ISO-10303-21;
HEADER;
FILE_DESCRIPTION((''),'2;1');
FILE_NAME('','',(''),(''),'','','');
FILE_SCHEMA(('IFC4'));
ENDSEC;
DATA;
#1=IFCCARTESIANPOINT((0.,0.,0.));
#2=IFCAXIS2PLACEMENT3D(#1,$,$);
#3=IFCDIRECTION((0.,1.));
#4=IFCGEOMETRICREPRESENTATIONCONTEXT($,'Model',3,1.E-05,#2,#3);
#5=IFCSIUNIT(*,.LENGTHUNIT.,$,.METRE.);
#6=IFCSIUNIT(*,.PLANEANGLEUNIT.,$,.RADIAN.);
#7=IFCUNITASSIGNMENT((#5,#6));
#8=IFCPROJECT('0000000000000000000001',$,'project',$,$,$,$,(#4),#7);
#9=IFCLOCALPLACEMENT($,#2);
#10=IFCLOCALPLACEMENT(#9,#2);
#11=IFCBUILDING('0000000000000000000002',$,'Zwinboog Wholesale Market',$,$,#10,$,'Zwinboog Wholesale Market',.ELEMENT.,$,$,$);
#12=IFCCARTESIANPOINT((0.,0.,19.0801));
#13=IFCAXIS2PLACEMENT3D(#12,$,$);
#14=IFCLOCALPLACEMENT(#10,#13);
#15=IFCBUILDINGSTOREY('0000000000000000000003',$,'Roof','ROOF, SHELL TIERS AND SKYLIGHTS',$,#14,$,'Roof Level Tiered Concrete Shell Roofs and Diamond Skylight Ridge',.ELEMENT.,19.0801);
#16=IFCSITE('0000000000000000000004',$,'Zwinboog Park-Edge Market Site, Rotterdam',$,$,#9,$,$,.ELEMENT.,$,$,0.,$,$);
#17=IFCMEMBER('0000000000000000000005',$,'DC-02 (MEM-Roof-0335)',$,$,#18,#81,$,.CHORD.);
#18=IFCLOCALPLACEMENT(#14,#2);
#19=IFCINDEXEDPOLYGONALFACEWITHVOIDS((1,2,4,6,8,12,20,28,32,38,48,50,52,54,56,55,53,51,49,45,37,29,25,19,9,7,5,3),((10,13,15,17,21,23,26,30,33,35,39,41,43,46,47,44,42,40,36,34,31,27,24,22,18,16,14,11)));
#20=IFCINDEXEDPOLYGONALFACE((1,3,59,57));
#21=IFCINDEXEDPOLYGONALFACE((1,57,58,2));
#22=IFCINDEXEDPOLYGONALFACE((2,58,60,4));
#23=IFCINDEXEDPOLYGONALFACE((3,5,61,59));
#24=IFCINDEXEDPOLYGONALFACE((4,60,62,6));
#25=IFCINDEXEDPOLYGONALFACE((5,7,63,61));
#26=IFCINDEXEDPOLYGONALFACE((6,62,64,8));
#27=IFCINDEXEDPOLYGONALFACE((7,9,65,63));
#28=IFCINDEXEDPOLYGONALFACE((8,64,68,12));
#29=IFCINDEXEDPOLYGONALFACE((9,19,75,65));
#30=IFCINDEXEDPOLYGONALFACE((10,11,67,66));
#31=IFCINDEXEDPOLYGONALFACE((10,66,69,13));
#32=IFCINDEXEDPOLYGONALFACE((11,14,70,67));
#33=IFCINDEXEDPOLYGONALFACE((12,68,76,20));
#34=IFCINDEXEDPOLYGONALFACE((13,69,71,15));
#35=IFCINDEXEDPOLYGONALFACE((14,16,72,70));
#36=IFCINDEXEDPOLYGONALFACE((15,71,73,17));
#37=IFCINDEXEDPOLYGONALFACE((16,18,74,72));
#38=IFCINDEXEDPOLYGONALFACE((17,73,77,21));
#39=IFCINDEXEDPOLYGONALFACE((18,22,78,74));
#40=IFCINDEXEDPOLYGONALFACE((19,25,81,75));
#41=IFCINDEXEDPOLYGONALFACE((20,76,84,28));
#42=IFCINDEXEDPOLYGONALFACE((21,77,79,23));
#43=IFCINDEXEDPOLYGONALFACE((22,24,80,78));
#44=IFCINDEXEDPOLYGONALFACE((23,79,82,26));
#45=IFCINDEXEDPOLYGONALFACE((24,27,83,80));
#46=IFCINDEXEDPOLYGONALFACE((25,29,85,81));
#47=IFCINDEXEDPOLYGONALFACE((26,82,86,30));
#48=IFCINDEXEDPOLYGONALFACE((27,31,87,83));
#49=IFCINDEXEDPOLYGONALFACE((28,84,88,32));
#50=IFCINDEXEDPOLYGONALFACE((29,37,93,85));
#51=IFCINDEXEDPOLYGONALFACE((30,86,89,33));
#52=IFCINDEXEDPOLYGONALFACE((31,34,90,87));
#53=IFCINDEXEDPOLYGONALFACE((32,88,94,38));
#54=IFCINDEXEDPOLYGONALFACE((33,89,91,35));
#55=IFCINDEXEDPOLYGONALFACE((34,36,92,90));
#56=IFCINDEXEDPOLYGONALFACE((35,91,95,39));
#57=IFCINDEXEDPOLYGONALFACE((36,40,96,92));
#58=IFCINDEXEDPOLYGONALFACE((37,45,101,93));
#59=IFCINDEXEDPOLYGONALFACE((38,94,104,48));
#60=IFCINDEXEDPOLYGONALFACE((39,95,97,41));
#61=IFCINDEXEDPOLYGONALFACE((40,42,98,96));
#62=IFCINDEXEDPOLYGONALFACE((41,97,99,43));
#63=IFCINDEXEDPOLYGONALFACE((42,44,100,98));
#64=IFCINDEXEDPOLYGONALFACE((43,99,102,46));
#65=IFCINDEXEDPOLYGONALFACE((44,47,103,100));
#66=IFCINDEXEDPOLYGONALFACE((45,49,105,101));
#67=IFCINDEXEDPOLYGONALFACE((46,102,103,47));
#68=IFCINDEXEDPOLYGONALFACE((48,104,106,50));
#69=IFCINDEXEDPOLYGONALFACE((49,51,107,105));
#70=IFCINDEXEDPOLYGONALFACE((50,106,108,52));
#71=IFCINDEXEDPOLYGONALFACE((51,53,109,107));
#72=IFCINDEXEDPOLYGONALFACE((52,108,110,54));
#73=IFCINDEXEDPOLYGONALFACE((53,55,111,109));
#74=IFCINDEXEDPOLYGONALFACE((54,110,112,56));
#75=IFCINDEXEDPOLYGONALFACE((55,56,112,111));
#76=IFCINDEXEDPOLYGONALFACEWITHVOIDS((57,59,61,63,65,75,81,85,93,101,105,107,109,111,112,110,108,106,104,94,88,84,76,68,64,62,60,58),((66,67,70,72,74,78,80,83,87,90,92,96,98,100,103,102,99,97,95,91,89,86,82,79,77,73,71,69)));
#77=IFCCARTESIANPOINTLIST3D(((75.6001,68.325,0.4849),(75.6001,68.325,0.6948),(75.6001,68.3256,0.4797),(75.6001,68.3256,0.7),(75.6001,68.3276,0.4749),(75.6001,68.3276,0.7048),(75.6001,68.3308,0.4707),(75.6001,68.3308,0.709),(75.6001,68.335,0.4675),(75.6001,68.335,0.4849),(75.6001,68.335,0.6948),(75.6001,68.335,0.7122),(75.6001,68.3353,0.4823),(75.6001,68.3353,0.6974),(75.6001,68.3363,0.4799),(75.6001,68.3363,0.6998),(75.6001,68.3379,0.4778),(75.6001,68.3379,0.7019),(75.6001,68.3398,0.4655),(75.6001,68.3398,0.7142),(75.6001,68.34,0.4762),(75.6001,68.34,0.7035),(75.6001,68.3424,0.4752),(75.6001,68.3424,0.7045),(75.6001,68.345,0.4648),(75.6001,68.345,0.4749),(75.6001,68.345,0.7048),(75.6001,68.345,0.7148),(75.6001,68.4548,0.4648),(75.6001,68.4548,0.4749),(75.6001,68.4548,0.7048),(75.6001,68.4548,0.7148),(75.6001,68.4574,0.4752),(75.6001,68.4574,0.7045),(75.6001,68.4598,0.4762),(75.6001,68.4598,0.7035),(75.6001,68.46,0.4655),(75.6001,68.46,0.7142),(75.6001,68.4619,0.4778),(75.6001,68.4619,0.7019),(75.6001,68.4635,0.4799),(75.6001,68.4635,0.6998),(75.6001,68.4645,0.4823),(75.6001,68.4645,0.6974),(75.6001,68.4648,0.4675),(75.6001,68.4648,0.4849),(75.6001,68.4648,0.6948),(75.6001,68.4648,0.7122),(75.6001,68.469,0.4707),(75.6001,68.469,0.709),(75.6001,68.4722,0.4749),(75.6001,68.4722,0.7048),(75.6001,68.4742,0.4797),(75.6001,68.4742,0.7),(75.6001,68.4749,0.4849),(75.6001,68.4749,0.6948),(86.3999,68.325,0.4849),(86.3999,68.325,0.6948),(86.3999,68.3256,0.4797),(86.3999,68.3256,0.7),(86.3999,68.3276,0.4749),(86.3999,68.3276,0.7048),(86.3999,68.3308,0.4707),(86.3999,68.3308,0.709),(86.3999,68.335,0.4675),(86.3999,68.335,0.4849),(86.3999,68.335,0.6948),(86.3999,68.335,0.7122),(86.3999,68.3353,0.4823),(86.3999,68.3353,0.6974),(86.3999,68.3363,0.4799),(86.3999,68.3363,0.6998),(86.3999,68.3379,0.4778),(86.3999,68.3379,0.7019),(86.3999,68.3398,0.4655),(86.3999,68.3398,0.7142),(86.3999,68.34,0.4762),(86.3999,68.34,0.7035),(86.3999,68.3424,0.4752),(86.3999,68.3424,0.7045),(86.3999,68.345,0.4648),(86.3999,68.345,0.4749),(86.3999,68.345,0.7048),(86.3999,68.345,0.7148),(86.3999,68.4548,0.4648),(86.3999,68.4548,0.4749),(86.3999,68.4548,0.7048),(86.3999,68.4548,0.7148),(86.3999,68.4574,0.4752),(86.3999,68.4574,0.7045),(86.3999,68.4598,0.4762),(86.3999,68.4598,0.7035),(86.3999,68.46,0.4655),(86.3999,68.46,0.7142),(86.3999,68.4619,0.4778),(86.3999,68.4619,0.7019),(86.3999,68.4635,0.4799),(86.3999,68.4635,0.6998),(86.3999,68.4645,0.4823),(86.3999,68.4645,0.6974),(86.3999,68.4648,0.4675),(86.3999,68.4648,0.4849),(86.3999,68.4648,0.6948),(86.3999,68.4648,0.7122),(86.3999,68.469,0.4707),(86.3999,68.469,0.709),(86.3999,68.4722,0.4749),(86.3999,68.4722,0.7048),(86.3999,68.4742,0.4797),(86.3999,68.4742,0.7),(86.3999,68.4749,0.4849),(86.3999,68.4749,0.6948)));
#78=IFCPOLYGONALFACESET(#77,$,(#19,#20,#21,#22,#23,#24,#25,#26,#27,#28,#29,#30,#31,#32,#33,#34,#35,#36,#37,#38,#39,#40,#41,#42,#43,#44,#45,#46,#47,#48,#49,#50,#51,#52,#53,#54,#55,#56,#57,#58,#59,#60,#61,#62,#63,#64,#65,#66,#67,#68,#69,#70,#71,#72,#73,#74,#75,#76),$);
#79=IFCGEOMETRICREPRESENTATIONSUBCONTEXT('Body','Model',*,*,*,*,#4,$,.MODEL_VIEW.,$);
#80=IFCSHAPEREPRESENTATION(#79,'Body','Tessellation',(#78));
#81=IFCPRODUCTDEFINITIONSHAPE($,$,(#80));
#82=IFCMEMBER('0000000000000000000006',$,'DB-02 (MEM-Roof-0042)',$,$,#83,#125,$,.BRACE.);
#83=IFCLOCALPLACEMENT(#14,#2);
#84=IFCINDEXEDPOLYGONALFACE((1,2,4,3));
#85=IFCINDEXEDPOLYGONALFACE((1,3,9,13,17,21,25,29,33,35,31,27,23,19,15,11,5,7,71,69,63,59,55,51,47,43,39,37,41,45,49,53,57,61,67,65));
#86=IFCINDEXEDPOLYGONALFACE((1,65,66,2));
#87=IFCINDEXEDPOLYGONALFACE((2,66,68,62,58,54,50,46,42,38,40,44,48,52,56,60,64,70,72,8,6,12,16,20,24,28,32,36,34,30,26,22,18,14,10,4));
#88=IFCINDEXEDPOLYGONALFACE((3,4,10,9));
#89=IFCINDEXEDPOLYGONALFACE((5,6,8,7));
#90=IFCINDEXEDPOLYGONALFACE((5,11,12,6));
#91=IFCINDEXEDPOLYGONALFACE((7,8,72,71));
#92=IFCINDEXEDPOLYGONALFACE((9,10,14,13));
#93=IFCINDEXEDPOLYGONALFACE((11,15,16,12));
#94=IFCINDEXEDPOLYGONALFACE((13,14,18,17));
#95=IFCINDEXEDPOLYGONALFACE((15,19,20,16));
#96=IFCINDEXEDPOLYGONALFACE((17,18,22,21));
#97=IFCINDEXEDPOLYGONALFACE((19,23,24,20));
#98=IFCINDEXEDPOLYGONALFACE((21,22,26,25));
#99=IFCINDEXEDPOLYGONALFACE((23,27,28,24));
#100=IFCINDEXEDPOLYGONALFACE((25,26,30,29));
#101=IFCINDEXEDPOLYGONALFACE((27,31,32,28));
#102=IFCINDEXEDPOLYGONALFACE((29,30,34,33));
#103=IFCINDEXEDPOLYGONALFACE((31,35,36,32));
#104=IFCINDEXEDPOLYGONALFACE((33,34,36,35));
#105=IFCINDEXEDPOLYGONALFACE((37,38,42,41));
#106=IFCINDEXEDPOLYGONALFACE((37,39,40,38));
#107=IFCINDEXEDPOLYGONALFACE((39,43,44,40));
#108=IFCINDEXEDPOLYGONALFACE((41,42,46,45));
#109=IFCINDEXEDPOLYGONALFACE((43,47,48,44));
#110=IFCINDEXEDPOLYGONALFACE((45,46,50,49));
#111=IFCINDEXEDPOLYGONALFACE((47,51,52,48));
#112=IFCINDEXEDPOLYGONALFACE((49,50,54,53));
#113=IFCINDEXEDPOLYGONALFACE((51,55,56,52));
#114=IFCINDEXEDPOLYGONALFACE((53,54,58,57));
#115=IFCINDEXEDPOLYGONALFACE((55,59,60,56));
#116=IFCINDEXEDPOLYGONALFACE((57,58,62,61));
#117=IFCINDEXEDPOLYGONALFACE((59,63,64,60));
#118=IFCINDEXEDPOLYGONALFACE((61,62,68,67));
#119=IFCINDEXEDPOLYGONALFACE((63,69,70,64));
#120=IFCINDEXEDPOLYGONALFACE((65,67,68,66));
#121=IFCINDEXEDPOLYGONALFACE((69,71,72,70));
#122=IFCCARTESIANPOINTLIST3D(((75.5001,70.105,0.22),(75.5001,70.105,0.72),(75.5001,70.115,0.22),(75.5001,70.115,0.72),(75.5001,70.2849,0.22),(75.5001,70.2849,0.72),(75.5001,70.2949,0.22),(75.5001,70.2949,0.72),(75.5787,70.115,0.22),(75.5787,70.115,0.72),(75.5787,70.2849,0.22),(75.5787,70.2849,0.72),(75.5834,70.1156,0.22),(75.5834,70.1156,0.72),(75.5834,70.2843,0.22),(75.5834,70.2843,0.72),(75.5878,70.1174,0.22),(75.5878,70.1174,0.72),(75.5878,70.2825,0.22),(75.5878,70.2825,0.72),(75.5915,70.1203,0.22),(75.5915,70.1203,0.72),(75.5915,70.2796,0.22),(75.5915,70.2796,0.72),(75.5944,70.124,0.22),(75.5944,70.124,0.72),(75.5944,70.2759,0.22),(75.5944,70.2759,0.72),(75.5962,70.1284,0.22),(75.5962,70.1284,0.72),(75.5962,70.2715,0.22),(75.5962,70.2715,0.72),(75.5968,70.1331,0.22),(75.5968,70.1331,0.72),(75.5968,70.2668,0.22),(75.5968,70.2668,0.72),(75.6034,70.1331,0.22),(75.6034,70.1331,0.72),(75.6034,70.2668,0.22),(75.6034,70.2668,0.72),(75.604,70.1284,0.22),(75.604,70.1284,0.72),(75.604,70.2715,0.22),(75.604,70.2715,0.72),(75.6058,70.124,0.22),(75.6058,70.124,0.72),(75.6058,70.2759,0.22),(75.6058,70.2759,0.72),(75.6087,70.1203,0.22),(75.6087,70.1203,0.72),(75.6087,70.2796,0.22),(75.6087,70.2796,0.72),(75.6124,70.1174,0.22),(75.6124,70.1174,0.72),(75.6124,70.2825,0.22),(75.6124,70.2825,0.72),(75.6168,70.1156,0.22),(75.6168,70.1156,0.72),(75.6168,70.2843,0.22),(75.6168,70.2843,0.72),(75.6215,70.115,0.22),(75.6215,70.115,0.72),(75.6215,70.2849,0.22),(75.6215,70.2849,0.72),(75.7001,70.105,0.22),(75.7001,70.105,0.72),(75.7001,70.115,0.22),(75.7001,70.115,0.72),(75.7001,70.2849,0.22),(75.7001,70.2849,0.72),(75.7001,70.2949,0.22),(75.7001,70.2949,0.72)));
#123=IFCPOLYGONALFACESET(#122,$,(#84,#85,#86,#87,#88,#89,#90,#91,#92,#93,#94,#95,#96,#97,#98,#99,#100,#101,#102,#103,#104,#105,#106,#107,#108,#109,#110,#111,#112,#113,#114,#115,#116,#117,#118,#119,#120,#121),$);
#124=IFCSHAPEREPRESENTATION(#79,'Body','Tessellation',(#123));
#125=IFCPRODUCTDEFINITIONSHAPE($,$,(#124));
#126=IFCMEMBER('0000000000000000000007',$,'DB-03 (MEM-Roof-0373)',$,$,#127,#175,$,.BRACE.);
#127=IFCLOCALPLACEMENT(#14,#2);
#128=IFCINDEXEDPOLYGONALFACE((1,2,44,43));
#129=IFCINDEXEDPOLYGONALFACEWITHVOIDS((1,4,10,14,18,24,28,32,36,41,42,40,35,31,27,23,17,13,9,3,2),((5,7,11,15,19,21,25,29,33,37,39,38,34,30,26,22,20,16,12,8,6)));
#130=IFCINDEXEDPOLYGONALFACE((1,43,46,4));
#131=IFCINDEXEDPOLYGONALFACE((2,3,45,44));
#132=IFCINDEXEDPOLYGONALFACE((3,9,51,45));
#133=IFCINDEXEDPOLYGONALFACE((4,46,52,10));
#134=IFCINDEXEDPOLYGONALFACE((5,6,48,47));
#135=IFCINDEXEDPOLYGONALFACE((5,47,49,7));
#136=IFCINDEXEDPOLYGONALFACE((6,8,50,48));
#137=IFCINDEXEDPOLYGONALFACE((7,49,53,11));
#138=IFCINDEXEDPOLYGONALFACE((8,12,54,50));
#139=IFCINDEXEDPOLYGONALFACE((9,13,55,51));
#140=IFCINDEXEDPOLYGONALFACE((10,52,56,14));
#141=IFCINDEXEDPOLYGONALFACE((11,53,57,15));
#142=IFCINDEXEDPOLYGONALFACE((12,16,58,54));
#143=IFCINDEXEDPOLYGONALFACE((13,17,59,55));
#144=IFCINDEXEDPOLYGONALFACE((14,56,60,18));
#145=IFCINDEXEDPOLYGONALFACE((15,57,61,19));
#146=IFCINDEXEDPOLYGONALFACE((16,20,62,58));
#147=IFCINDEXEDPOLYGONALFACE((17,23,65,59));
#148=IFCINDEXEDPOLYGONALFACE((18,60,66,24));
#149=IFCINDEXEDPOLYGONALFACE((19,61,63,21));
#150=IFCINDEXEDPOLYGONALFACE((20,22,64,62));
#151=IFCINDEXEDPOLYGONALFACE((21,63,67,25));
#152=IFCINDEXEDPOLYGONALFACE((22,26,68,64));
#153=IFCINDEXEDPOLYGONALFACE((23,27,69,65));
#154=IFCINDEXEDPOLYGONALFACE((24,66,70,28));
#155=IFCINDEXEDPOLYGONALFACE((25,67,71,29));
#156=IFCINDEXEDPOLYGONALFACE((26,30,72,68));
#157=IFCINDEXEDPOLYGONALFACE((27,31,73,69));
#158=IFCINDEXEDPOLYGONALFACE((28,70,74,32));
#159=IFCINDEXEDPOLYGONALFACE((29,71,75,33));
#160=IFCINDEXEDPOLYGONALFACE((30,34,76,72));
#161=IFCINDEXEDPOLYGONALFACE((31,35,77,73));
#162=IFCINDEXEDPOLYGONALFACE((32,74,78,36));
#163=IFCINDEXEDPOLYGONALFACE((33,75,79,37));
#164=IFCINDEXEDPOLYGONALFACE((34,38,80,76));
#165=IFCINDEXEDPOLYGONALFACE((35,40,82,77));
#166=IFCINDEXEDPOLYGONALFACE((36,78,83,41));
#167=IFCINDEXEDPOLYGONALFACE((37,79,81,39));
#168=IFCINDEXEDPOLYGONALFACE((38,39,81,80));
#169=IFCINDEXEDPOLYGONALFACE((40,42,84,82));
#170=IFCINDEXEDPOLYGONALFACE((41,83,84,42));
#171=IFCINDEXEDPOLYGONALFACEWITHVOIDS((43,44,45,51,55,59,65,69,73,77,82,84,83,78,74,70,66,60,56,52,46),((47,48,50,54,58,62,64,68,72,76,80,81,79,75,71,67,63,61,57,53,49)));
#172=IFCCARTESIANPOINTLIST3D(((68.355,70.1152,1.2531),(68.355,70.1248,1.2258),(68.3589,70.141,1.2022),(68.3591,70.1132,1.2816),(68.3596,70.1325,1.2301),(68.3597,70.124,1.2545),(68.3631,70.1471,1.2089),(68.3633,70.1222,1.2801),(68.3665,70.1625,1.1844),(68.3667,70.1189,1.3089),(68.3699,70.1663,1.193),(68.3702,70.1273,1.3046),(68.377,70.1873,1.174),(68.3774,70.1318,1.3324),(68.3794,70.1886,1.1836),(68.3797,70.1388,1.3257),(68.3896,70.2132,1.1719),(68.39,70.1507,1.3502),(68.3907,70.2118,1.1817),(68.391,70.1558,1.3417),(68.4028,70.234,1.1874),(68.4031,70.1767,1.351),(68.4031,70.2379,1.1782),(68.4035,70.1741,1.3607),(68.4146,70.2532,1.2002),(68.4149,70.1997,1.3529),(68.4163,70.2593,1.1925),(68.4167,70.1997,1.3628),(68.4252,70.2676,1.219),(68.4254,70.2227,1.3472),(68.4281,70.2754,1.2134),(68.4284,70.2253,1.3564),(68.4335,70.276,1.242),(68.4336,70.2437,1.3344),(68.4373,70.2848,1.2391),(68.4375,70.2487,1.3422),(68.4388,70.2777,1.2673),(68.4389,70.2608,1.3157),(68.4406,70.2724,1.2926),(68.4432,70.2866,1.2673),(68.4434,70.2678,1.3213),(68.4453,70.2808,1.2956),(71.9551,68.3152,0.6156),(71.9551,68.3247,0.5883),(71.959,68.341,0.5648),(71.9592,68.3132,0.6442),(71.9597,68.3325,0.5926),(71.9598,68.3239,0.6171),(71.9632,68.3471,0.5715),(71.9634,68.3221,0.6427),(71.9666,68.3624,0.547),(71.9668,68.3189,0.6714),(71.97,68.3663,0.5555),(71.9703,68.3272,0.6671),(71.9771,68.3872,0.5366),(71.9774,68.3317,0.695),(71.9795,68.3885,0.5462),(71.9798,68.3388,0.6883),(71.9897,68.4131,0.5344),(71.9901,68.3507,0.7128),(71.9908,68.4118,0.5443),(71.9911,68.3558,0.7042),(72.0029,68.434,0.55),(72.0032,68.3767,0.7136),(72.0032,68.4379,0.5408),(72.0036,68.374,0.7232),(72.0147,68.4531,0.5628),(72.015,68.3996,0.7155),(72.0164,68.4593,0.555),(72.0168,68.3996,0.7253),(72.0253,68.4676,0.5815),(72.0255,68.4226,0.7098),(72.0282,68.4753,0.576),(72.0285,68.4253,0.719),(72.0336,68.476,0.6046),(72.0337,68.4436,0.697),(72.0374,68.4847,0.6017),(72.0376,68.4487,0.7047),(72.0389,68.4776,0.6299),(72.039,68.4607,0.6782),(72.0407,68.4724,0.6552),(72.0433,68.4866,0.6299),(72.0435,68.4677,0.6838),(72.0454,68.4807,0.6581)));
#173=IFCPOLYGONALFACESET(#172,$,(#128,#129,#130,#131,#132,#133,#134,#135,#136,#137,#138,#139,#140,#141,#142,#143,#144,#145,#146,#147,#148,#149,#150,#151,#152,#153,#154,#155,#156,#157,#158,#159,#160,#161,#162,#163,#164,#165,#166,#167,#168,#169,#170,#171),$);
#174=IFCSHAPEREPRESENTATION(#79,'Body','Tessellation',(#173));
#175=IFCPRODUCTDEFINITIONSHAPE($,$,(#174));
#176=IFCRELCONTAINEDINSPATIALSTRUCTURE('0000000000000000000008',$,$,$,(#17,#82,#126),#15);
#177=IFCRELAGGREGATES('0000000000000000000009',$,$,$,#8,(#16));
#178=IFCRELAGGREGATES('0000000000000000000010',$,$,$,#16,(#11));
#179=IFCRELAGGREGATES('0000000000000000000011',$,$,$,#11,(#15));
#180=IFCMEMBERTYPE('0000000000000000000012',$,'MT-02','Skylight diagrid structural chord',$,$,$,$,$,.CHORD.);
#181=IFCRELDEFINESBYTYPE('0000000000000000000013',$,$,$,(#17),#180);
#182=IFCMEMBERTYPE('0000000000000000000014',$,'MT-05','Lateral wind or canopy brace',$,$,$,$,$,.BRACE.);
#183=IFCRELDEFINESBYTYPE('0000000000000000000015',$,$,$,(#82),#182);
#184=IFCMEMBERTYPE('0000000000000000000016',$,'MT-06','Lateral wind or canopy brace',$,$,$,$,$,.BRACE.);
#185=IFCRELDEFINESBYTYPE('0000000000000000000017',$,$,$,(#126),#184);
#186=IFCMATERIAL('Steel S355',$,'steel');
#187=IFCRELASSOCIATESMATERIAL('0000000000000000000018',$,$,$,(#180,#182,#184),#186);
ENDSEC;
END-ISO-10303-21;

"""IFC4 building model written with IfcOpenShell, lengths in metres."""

from ifc_helpers import new_model, si_unit, direction, frame, origin, origin_2d, place, context, subcontext, project, spatial, hollow_rectangle, hollow_circle, i_section, extrude, material, material_profile, profile_set, type_object, element, save


model = new_model("IFC4")

# Units and contexts
model_context = context("Model", 3, precision=1e-05, world=origin(), true_north=direction((0.0, 1.0)))
body_context = subcontext(model_context, "Body", "Model", "MODEL_VIEW")
ifc_project = project(units=[si_unit("LENGTHUNIT", "METRE"), si_unit("PLANEANGLEUNIT", "RADIAN")], contexts=[model_context])

# Site, building, storey
site_placement = place(None, origin())
site = spatial("IfcSite", under=ifc_project, at=site_placement, Name="Zwinboog Park-Edge Market Site, Rotterdam", CompositionType="ELEMENT", RefElevation=0.0)
building_placement = place(site_placement, origin())
building = spatial("IfcBuilding", under=site, at=building_placement, Name="Zwinboog Wholesale Market", LongName="Zwinboog Wholesale Market", CompositionType="ELEMENT")
storey_placement = place(building_placement, frame((0.0, 0.0, 19.0801)))
storey = spatial("IfcBuildingStorey", under=building, at=storey_placement, Name="Roof", Description="ROOF, SHELL TIERS AND SKYLIGHTS", LongName="Roof Level Tiered Concrete Shell Roofs and Diamond Skylight Ridge", CompositionType="ELEMENT", Elevation=19.0801)

# Members
ifc_material_1 = material(Name="Steel S355", Category="steel")
ifc_material_profile_1 = material_profile(ifc_material_1, hollow_rectangle(XDim=0.1499, YDim=0.25, WallThickness=0.01, InnerFilletRadius=0.01, OuterFilletRadius=0.02, at=origin_2d()), Name="RHS 250x150x10")
ifc_profile_set_1 = profile_set([ifc_material_profile_1], Name="Steel S355")
member_type_1 = type_object("IfcMemberType", Name="MT-02", Description="Skylight diagrid structural chord", PredefinedType="CHORD", material=ifc_profile_set_1)
member_1_placement = place(storey_placement, frame((75.6001, 68.3999, 0.5898), z_axis=(1.0, 0.0, 0.0), x_axis=(0.0, 1.0, 0.0)))
element("IfcMember", 1, at=member_1_placement, inside=storey, type_object=member_type_1, Name="DC-02 (MEM-Roof-0335)", PredefinedType="CHORD", context=body_context, shape_type="SweptSolid", body=[
    extrude(hollow_rectangle(XDim=0.1499, YDim=0.25, WallThickness=0.01, InnerFilletRadius=0.01, OuterFilletRadius=0.02, at=origin_2d()), origin(), (0.0, 0.0, 1.0), 10.7998),
])
ifc_material_profile_2 = material_profile(ifc_material_1, i_section(OverallWidth=0.2, OverallDepth=0.1899, WebThickness=0.0066, FlangeThickness=0.01, FilletRadius=0.0181, at=origin_2d()), Name="HEA 200")
ifc_profile_set_2 = profile_set([ifc_material_profile_2], Name="Steel S355")
member_type_2 = type_object("IfcMemberType", Name="MT-05", Description="Lateral wind or canopy brace", PredefinedType="BRACE", material=ifc_profile_set_2)
member_2_placement = place(storey_placement, frame((75.6001, 70.2, 0.22), z_axis=(0.0, 0.0, 1.0), x_axis=(1.0, 0.0, 0.0)))
element("IfcMember", 2, at=member_2_placement, inside=storey, type_object=member_type_2, Name="DB-02 (MEM-Roof-0042)", PredefinedType="BRACE", context=body_context, shape_type="SweptSolid", body=[
    extrude(i_section(OverallWidth=0.2, OverallDepth=0.1899, WebThickness=0.0066, FlangeThickness=0.01, FilletRadius=0.0181, at=origin_2d()), origin(), (0.0, 0.0, 1.0), 0.5),
])
ifc_material_profile_3 = material_profile(ifc_material_1, hollow_circle(Radius=0.0969, WallThickness=0.01, at=origin_2d()), Name="CHS 193.7x10")
ifc_profile_set_3 = profile_set([ifc_material_profile_3], Name="Steel S355")
member_type_3 = type_object("IfcMemberType", Name="MT-06", Description="Lateral wind or canopy brace", PredefinedType="BRACE", material=ifc_profile_set_3)
for number, where, z_axis, x_axis, name in (
    (3, (68.3999, 70.2, 1.2673), (0.883417, -0.441709, -0.156422), (0.447214, 0.894427, 0.0), "DB-03 (MEM-Roof-0373)"),
):
    element("IfcMember", number, at=place(storey_placement, frame(where, z_axis=z_axis, x_axis=x_axis)), inside=storey, type_object=member_type_3, Name=name, PredefinedType="BRACE", context=body_context, shape_type="SweptSolid", body=[
        extrude(hollow_circle(Radius=0.0969, WallThickness=0.01, at=origin_2d()), origin(), (0.0, 0.0, 1.0), 4.0752),
    ])

save(model, "model.ifc")
